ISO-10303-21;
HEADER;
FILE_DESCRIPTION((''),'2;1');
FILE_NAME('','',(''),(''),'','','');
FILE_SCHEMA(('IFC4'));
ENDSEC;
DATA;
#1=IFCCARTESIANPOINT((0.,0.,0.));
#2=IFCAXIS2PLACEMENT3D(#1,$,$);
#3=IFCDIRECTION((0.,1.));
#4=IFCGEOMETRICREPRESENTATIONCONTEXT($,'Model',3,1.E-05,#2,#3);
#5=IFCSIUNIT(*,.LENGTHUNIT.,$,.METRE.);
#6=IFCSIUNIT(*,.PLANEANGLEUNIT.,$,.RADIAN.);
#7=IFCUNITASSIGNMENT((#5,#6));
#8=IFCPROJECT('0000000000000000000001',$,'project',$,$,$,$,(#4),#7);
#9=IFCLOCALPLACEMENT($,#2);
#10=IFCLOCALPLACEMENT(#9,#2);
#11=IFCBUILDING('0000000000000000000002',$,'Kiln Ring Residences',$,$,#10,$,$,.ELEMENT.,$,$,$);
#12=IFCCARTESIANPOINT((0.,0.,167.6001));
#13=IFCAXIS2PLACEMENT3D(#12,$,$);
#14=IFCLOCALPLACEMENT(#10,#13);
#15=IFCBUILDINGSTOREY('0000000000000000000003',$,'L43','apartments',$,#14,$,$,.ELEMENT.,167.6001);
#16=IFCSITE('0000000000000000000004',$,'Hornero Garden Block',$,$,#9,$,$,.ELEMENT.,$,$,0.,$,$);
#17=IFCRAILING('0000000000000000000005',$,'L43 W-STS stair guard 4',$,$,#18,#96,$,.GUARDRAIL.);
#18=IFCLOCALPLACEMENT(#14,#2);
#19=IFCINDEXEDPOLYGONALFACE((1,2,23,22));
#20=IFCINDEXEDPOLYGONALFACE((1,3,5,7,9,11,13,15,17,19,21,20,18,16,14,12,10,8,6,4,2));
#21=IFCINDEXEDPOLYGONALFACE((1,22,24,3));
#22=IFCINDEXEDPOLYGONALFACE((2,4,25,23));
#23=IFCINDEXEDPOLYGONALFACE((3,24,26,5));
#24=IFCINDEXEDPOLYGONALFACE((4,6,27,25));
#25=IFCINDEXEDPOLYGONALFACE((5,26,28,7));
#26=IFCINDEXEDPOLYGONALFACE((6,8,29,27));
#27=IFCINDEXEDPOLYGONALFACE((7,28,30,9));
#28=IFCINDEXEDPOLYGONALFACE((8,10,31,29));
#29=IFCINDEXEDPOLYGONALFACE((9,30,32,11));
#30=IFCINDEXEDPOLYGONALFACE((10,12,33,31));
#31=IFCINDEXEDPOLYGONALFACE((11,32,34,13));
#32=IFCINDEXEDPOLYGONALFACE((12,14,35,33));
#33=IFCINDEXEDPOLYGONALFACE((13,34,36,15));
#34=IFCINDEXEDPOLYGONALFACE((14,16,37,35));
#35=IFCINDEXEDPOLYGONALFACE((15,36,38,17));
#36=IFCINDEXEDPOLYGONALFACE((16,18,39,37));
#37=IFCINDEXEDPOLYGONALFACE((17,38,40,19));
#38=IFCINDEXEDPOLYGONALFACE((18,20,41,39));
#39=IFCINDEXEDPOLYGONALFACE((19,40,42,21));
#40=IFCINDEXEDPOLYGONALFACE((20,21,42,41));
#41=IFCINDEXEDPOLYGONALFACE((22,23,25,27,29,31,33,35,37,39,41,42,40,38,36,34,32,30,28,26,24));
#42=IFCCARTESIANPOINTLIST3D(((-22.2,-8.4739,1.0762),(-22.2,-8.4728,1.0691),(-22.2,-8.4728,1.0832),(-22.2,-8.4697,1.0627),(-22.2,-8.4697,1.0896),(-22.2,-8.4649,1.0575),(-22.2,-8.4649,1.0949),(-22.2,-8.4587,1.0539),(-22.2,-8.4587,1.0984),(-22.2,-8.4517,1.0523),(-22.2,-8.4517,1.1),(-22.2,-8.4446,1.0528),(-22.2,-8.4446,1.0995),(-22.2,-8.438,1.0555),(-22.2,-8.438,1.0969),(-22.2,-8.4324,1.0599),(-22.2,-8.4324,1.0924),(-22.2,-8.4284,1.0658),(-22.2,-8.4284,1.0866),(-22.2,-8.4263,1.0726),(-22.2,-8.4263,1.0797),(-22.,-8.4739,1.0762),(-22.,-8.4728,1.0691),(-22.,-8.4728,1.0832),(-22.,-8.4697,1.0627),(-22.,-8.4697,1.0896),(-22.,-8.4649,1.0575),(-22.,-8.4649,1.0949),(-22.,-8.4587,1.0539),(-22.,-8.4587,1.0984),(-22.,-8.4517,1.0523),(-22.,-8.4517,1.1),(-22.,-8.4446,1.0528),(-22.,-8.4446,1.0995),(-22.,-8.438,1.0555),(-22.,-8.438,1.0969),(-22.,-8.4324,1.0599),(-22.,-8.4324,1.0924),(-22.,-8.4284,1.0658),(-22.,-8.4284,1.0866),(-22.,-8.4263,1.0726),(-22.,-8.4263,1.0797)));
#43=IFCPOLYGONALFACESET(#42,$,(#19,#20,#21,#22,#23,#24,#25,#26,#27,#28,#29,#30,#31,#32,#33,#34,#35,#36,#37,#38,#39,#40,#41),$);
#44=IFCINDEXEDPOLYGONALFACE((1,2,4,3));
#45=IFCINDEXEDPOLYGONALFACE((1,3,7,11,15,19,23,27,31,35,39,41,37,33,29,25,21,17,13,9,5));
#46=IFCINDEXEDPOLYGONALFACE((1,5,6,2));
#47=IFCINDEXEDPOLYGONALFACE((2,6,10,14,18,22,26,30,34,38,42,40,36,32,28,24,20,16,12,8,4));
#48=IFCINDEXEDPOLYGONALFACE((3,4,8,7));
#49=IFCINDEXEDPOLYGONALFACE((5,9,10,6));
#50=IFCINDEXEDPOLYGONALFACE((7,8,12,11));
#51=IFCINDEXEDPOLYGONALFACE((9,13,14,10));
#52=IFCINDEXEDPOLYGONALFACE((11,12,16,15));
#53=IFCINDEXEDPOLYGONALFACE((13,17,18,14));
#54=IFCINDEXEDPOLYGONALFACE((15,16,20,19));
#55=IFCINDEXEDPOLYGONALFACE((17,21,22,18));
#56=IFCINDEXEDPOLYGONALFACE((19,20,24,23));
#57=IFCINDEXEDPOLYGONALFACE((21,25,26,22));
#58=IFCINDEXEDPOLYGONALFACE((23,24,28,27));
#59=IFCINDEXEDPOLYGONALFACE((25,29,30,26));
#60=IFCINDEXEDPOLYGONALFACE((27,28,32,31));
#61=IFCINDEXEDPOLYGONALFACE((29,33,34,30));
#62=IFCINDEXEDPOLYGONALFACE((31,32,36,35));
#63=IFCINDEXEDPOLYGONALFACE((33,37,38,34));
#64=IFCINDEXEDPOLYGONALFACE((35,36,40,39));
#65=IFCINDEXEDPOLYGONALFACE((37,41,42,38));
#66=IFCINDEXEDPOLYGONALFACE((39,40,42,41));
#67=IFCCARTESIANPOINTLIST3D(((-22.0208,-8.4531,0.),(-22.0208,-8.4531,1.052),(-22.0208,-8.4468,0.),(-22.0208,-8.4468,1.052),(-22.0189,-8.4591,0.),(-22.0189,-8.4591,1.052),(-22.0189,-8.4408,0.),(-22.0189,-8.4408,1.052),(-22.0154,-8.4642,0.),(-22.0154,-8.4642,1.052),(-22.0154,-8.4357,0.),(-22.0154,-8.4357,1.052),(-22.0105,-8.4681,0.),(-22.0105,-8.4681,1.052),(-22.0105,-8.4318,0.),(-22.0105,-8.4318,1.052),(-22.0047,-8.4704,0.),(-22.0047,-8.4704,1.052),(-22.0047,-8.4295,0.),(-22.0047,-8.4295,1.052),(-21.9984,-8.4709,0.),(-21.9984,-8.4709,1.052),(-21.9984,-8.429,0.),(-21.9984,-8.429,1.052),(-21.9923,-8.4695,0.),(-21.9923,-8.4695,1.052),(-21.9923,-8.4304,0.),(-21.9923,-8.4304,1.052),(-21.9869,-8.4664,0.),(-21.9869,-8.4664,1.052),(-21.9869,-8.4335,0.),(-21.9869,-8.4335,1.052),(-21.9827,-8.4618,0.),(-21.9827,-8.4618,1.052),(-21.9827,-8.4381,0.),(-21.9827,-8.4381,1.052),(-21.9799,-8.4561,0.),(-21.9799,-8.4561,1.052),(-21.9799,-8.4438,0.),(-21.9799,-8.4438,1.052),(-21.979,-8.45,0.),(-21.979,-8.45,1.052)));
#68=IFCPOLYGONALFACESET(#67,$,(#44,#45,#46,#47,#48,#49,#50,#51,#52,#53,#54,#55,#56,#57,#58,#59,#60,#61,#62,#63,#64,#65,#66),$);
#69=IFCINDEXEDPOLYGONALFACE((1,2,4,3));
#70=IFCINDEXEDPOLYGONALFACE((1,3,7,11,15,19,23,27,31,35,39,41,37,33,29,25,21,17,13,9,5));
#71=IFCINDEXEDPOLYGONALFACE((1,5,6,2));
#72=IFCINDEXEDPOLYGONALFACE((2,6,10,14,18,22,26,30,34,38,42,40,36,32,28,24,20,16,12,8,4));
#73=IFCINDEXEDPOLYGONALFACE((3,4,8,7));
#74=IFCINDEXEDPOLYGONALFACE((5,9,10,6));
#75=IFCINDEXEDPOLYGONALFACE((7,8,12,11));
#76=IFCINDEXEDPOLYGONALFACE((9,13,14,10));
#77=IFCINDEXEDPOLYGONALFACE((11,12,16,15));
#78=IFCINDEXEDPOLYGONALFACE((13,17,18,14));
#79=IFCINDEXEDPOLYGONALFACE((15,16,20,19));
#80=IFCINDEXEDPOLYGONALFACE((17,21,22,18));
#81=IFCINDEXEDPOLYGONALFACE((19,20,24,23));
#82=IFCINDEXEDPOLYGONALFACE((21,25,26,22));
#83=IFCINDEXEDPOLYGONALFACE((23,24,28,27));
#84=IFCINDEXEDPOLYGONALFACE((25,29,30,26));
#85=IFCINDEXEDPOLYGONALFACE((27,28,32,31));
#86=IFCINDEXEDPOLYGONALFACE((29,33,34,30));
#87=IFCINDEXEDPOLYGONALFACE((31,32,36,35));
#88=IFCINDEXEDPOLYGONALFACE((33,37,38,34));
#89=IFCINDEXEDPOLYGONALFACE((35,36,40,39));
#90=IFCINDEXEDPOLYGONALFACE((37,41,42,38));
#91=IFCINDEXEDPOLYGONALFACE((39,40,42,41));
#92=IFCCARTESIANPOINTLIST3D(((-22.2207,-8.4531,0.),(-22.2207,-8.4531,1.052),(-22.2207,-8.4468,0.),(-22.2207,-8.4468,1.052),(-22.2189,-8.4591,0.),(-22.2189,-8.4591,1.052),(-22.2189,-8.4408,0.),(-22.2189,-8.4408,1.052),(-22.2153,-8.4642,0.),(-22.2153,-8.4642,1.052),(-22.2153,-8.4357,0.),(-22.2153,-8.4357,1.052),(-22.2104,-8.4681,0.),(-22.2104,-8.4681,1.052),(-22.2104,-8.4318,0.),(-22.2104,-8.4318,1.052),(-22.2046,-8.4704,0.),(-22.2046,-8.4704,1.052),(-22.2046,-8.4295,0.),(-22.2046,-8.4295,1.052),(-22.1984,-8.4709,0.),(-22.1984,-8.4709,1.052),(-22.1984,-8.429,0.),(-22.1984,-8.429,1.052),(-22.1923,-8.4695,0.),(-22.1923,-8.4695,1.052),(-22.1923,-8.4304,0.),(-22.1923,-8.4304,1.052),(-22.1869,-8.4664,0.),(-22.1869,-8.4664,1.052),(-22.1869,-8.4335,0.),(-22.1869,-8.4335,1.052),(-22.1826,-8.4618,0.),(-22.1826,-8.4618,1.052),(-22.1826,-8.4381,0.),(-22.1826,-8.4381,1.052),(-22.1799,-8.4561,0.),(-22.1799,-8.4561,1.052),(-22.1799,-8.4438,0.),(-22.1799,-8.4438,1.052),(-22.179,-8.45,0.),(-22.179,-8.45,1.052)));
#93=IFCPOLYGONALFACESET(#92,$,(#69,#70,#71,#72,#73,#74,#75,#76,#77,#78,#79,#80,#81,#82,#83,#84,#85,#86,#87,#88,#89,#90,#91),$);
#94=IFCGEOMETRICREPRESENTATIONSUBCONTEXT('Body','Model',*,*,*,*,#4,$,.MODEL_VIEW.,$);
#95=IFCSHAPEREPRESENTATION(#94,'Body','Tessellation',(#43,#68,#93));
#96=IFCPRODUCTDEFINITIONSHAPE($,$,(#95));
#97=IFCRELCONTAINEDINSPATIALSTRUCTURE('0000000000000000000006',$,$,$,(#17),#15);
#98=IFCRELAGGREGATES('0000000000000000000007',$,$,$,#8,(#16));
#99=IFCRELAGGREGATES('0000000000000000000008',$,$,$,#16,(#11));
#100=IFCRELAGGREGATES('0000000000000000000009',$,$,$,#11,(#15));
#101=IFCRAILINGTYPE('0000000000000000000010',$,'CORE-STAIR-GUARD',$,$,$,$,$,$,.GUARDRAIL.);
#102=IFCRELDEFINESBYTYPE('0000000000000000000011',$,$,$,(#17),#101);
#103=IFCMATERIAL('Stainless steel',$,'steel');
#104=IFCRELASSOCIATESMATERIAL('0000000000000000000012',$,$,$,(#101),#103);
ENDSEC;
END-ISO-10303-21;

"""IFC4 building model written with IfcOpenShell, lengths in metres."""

from ifc_helpers import new_model, si_unit, direction, frame, origin, origin_2d, place, context, subcontext, project, spatial, circle, extrude, material, type_object, element, save


model = new_model("IFC4")

# Units and contexts
model_context = context("Model", 3, precision=1e-05, world=origin(), true_north=direction((0.0, 1.0)))
body_context = subcontext(model_context, "Body", "Model", "MODEL_VIEW")
ifc_project = project(units=[si_unit("LENGTHUNIT", "METRE"), si_unit("PLANEANGLEUNIT", "RADIAN")], contexts=[model_context])

# Site, building, storey
site_placement = place(None, origin())
site = spatial("IfcSite", under=ifc_project, at=site_placement, Name="Hornero Garden Block", CompositionType="ELEMENT", RefElevation=0.0)
building_placement = place(site_placement, origin())
building = spatial("IfcBuilding", under=site, at=building_placement, Name="Kiln Ring Residences", CompositionType="ELEMENT")
storey_placement = place(building_placement, frame((0.0, 0.0, 167.6001)))
storey = spatial("IfcBuildingStorey", under=building, at=storey_placement, Name="L43", Description="apartments", CompositionType="ELEMENT", Elevation=167.6001)

# Railing
ifc_material_1 = material(Name="Stainless steel", Category="steel")
railing_type_1 = type_object("IfcRailingType", Name="CORE-STAIR-GUARD", PredefinedType="GUARDRAIL", material=ifc_material_1)
railing_1_placement = place(storey_placement, frame((-22.0, -8.45, 0.0)))
element("IfcRailing", 1, at=railing_1_placement, inside=storey, type_object=railing_type_1, Name="L43 W-STS stair guard 4", PredefinedType="GUARDRAIL", context=body_context, shape_type="SweptSolid", body=[
    extrude(circle(Radius=0.0239, at=origin_2d()), frame((0.0, 0.0, 1.0762), z_axis=(-1.0, 0.0, 0.0), x_axis=(0.0, -1.0, 0.0)), (0.0, 0.0, 1.0), 0.2),
    extrude(circle(Radius=0.021, at=origin_2d()), origin(), (0.0, 0.0, 1.0), 1.052),
    extrude(circle(Radius=0.021, at=origin_2d()), frame((-0.2, 0.0, 0.0)), (0.0, 0.0, 1.0), 1.052),
])

save(model, "model.ifc")
